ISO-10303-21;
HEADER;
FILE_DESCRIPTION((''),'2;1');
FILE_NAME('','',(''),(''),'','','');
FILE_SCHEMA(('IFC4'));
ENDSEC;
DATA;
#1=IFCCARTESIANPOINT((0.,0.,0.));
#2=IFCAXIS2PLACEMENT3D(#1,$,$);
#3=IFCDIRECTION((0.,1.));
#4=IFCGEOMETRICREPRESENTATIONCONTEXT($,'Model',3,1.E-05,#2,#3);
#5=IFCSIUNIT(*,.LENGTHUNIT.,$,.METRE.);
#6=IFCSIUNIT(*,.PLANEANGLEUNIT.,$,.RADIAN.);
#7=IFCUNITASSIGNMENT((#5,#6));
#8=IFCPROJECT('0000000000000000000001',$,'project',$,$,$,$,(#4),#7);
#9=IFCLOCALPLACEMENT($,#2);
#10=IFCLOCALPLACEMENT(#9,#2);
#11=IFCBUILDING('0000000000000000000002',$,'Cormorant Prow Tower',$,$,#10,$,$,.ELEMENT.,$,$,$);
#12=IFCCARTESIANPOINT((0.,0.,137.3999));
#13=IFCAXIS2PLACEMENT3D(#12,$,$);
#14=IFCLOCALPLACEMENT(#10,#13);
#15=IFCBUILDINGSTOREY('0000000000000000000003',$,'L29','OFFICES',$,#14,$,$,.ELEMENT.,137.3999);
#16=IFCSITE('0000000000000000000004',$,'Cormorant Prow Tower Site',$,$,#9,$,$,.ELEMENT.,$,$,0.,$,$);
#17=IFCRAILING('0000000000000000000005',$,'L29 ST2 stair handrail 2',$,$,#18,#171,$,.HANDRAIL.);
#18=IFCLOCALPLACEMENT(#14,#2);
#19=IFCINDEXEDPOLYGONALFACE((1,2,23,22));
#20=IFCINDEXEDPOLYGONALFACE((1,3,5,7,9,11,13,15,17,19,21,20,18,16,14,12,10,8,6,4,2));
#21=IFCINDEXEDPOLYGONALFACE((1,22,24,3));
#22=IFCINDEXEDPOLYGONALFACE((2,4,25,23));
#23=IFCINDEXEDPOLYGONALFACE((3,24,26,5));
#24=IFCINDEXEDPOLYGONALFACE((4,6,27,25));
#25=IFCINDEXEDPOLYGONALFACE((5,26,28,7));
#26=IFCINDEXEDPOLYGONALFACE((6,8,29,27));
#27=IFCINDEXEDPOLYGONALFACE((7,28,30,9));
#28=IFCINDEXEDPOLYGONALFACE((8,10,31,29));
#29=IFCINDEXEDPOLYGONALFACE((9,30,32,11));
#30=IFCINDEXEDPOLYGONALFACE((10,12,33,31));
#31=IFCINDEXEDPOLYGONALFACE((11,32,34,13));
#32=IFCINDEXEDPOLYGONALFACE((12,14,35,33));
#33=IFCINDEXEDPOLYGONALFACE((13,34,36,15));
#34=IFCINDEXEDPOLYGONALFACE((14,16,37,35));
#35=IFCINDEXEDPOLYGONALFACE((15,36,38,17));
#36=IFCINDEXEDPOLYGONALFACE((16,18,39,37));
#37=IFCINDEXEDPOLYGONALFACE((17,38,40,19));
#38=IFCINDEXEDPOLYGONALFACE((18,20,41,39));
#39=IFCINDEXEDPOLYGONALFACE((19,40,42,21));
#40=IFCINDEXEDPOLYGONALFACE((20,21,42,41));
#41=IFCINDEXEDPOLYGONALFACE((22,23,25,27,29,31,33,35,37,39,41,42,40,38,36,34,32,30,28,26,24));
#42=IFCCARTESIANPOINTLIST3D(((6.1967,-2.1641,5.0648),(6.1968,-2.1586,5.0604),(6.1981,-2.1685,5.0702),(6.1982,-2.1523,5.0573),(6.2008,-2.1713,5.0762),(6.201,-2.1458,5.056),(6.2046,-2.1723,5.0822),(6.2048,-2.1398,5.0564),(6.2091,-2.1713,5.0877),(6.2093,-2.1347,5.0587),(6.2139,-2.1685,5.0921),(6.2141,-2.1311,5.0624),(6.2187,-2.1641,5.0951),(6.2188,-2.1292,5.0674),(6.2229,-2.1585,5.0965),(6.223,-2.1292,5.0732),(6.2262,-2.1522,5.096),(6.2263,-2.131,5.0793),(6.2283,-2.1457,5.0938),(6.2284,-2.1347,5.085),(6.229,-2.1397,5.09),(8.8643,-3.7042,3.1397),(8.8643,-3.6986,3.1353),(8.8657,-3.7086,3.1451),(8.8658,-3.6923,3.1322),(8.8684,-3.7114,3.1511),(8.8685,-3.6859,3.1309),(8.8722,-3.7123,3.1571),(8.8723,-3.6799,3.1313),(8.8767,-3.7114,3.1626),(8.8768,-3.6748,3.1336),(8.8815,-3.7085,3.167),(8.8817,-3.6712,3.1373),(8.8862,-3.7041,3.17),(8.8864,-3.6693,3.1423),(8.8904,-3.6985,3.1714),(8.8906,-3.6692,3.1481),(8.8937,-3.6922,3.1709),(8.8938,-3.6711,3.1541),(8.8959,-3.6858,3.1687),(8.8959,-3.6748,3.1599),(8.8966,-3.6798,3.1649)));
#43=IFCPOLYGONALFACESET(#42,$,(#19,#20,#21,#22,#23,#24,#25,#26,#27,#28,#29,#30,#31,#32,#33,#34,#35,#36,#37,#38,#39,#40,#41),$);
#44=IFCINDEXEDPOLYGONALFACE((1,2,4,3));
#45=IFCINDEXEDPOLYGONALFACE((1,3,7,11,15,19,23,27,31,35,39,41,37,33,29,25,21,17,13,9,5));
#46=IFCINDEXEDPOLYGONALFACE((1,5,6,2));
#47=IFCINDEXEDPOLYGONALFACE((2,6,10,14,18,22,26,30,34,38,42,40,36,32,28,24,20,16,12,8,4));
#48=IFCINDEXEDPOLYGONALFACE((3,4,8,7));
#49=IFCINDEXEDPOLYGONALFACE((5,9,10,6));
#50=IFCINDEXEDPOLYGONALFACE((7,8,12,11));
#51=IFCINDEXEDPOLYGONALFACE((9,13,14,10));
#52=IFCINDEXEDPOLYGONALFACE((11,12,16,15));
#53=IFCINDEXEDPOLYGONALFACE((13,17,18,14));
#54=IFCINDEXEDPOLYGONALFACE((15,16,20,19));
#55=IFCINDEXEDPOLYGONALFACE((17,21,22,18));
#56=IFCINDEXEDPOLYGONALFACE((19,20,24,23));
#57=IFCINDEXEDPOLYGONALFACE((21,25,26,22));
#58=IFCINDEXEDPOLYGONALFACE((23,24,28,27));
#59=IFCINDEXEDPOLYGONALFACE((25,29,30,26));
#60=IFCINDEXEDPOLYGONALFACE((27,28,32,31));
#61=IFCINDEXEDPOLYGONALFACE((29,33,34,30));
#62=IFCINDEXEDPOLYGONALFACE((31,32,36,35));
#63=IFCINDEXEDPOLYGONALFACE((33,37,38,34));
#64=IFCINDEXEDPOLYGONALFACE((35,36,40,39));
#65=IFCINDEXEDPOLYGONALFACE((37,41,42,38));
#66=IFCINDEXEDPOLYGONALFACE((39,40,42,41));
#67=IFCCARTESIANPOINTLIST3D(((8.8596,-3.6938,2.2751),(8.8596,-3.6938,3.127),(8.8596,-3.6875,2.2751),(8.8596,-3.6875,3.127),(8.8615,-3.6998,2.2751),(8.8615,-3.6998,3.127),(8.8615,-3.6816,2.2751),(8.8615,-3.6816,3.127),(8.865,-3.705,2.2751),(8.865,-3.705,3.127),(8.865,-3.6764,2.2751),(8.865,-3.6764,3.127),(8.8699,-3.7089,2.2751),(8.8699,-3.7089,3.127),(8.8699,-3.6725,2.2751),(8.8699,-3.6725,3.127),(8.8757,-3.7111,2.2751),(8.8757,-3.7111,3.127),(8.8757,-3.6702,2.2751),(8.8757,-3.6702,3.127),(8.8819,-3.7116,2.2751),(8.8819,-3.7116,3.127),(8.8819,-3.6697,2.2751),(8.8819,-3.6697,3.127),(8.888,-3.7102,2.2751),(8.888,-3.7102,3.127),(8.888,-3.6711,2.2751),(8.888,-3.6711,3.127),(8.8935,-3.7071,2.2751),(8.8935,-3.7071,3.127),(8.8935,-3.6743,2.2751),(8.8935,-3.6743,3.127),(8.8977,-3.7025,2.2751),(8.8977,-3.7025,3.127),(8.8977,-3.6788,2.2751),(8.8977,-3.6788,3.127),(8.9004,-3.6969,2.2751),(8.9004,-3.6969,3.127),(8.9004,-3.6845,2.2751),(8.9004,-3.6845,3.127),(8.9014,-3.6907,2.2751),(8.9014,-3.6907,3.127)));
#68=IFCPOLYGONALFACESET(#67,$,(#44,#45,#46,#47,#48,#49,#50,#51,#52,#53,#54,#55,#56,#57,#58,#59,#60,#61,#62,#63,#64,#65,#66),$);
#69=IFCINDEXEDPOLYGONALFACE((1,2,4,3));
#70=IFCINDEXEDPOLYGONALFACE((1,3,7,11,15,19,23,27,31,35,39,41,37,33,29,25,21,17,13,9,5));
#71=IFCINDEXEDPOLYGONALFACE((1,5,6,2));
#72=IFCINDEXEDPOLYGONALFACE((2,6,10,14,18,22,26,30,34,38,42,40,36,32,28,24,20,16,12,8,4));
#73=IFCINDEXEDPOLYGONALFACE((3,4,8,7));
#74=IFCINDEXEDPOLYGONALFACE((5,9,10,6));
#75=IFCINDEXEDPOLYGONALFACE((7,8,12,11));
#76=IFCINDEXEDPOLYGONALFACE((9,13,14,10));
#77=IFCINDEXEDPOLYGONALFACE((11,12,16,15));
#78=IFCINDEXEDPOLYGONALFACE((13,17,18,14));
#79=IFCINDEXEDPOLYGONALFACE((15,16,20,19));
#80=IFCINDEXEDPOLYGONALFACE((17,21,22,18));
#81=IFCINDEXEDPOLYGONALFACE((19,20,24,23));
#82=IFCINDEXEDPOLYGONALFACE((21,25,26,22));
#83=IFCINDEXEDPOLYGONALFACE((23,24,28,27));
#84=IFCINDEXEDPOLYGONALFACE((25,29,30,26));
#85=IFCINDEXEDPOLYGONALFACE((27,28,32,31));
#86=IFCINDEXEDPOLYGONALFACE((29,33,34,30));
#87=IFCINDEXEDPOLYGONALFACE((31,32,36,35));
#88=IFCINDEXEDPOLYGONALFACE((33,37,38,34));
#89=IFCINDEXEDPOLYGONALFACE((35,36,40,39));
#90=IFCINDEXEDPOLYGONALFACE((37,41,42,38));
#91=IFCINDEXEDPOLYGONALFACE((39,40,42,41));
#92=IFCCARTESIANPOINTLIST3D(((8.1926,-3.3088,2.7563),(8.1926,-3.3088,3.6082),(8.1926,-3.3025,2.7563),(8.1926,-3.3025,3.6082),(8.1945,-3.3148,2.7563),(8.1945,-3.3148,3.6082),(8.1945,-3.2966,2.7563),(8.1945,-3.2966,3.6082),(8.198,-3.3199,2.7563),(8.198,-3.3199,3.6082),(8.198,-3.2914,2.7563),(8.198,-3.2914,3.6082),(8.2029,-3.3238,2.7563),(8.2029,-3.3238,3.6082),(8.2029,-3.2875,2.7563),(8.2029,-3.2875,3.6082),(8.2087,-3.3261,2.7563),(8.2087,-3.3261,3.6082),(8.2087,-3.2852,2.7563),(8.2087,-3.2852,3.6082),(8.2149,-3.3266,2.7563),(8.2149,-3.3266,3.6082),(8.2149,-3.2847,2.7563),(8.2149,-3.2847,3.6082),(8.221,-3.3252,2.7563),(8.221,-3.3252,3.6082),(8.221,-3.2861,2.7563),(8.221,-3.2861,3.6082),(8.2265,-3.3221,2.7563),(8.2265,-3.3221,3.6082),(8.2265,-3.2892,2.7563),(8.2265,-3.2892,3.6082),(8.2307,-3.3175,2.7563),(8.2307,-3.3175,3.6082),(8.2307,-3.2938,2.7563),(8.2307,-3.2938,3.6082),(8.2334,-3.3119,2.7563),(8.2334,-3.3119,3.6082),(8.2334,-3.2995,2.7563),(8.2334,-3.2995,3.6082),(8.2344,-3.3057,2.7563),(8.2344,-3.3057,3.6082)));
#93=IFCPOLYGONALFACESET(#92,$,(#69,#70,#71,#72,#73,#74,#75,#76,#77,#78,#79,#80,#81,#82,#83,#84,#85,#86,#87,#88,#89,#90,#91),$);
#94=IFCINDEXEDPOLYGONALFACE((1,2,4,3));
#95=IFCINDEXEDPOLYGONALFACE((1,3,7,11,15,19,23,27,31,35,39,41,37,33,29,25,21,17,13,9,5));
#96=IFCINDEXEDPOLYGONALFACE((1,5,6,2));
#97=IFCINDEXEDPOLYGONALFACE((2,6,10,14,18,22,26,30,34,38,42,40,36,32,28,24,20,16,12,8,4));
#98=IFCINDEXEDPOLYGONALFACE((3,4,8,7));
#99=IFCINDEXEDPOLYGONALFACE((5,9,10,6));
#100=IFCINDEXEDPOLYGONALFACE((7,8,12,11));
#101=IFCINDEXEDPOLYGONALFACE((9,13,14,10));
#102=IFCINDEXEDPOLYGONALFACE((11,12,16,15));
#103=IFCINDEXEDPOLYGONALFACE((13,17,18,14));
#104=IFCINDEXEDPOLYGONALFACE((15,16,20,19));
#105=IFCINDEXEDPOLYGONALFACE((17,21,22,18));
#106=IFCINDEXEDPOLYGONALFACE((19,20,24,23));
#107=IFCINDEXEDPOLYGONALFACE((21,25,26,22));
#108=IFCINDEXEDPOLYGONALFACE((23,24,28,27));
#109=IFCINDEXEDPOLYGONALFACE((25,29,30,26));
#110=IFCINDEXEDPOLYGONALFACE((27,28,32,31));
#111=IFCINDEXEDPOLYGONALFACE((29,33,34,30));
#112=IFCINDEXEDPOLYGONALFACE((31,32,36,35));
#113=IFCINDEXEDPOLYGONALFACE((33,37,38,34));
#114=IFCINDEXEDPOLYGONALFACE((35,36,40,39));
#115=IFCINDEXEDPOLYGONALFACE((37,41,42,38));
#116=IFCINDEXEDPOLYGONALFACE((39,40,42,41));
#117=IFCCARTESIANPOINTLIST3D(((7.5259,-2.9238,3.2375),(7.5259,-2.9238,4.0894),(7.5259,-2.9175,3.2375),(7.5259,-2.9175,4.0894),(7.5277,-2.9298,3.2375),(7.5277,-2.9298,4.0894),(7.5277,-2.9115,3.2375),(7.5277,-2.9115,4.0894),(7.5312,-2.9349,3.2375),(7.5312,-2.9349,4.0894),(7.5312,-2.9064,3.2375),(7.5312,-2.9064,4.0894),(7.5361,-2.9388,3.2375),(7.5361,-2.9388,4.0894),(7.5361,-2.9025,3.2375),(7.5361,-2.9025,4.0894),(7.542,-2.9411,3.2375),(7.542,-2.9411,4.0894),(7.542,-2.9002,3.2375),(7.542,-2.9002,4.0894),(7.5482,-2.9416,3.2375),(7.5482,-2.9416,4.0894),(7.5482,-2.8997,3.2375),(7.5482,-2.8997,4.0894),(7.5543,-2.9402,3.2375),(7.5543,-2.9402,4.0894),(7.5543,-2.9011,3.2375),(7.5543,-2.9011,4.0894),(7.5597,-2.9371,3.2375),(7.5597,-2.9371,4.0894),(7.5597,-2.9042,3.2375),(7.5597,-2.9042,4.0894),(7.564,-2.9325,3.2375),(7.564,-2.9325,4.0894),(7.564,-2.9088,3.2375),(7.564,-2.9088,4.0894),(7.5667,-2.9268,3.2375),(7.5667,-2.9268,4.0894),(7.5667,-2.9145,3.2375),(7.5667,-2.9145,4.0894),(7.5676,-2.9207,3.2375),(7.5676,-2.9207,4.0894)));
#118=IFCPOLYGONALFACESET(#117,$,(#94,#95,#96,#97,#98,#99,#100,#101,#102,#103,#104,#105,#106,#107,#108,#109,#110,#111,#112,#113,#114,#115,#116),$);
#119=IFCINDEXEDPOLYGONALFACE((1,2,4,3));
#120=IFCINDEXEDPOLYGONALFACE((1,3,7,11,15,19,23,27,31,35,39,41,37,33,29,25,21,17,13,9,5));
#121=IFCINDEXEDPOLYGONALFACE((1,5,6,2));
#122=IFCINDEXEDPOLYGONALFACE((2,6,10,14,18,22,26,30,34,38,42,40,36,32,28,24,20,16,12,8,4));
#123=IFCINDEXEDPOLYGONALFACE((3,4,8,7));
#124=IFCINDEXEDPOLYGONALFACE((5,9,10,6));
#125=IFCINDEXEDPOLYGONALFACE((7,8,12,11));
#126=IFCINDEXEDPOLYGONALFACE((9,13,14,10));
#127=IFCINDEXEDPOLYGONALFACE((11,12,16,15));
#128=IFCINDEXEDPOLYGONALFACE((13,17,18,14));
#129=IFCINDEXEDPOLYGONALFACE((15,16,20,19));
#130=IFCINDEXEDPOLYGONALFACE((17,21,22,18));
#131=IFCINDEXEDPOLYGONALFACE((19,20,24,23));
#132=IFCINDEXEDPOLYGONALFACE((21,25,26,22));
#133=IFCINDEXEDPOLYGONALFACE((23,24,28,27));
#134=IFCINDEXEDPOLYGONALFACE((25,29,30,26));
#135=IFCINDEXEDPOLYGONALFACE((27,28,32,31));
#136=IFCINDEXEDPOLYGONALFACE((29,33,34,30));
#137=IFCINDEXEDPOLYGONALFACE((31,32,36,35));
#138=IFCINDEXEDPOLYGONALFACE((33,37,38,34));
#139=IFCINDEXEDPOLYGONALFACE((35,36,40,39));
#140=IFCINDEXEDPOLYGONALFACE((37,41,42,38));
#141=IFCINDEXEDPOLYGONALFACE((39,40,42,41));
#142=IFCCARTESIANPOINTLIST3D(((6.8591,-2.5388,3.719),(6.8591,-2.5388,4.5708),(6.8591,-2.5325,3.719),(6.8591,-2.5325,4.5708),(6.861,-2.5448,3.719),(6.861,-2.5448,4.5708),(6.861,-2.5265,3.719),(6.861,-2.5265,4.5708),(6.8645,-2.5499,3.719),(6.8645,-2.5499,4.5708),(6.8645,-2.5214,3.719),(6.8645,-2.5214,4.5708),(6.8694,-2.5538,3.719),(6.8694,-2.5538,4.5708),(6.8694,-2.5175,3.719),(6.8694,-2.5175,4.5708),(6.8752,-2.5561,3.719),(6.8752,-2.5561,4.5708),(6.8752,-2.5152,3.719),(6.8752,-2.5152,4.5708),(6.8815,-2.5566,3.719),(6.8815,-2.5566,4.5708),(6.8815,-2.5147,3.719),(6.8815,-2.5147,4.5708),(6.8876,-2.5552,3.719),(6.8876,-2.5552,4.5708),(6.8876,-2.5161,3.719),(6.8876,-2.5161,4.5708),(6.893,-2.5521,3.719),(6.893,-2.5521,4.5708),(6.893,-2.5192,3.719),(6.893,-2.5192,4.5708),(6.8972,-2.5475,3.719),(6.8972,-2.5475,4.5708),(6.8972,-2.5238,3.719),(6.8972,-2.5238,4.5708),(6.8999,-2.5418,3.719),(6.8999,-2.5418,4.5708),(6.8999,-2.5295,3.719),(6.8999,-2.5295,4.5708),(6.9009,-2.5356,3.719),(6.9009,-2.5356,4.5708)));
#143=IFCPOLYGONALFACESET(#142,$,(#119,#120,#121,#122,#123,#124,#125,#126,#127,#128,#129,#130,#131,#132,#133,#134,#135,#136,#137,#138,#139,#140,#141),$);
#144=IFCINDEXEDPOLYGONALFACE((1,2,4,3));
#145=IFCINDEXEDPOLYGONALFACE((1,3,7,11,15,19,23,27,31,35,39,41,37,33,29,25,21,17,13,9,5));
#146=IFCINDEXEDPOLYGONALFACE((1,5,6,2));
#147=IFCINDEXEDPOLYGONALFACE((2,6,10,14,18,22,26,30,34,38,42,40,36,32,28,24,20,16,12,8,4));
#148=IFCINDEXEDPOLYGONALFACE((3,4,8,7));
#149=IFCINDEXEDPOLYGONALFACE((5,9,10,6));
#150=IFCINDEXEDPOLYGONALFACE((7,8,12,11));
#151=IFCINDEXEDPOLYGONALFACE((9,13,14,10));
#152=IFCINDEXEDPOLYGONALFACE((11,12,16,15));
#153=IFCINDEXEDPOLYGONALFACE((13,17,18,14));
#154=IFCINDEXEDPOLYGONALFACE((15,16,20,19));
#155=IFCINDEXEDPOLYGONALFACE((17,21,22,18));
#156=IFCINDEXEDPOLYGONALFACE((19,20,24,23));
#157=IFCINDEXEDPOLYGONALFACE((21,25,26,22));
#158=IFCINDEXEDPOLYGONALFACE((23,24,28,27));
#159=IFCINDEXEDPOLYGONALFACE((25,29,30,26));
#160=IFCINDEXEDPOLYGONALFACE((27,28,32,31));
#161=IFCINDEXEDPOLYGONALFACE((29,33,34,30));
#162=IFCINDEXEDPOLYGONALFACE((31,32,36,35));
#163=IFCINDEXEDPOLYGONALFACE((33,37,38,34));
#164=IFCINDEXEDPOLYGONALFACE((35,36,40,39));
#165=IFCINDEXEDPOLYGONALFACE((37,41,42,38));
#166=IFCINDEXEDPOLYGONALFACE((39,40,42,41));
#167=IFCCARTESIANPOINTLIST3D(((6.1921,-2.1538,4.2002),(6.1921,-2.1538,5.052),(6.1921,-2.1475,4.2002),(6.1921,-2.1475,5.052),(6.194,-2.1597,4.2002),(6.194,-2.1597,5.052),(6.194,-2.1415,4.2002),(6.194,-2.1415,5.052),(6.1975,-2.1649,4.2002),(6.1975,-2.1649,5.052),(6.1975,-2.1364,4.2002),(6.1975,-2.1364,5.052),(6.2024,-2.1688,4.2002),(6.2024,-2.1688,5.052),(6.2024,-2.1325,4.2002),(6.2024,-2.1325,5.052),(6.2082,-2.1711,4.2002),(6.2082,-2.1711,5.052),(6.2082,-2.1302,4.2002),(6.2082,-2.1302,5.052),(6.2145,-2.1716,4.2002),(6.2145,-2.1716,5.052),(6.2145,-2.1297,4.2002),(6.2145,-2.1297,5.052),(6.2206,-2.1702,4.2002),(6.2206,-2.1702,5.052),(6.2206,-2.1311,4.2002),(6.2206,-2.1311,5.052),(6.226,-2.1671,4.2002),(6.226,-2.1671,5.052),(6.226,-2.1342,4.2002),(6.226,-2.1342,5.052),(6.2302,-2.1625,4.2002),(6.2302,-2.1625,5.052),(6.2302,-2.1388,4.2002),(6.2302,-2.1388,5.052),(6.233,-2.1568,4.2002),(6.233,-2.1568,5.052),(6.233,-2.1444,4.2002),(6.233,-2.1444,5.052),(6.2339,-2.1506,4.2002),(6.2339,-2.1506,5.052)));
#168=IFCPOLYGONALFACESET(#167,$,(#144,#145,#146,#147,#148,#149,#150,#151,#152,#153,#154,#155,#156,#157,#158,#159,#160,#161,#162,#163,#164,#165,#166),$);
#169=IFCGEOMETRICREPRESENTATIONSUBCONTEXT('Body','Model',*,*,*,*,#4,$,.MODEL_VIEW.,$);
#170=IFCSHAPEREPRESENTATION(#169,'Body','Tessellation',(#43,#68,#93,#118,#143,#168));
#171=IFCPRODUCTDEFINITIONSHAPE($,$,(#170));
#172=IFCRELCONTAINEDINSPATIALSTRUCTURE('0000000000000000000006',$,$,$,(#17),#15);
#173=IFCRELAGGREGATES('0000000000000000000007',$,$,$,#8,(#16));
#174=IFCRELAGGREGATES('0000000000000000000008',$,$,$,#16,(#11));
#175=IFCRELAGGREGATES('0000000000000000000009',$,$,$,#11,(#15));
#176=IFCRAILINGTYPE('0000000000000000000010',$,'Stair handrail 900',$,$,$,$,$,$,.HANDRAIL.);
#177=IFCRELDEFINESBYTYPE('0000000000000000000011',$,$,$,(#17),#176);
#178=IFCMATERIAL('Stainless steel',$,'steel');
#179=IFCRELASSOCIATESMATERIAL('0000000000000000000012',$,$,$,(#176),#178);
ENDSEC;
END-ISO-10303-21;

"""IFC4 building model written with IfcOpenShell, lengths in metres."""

from ifc_helpers import new_model, si_unit, direction, frame, origin, origin_2d, place, context, subcontext, project, spatial, circle, extrude, material, type_object, element, save


model = new_model("IFC4")

# Units and contexts
model_context = context("Model", 3, precision=1e-05, world=origin(), true_north=direction((0.0, 1.0)))
body_context = subcontext(model_context, "Body", "Model", "MODEL_VIEW")
ifc_project = project(units=[si_unit("LENGTHUNIT", "METRE"), si_unit("PLANEANGLEUNIT", "RADIAN")], contexts=[model_context])

# Site, building, storey
site_placement = place(None, origin())
site = spatial("IfcSite", under=ifc_project, at=site_placement, Name="Cormorant Prow Tower Site", CompositionType="ELEMENT", RefElevation=0.0)
building_placement = place(site_placement, origin())
building = spatial("IfcBuilding", under=site, at=building_placement, Name="Cormorant Prow Tower", CompositionType="ELEMENT")
storey_placement = place(building_placement, frame((0.0, 0.0, 137.3999)))
storey = spatial("IfcBuildingStorey", under=building, at=storey_placement, Name="L29", Description="OFFICES", CompositionType="ELEMENT", Elevation=137.3999)

# Railing
ifc_material_1 = material(Name="Stainless steel", Category="steel")
railing_type_1 = type_object("IfcRailingType", Name="Stair handrail 900", PredefinedType="HANDRAIL", material=ifc_material_1)
railing_1_placement = place(storey_placement, frame((8.8804, -3.6907, 2.2751)))
element("IfcRailing", 1, at=railing_1_placement, inside=storey, type_object=railing_type_1, Name="L29 ST2 stair handrail 2", PredefinedType="HANDRAIL", context=body_context, shape_type="SweptSolid", body=[
    extrude(circle(Radius=0.0239, at=origin_2d()), frame((0.0, 0.0, 0.876), z_axis=(-0.734395, 0.423994, 0.529993), x_axis=(-0.499992, -0.86603, 0.0)), (0.0, 0.0, 1.0), 3.6323),
    extrude(circle(Radius=0.021, at=origin_2d()), origin(), (0.0, 0.0, 1.0), 0.8518),
    extrude(circle(Radius=0.021, at=origin_2d()), frame((-0.667, 0.385, 0.4812)), (0.0, 0.0, 1.0), 0.8518),
    extrude(circle(Radius=0.021, at=origin_2d()), frame((-1.3337, 0.77, 0.9624)), (0.0, 0.0, 1.0), 0.8518),
    extrude(circle(Radius=0.021, at=origin_2d()), frame((-2.0005, 1.155, 1.4438)), (0.0, 0.0, 1.0), 0.8518),
    extrude(circle(Radius=0.021, at=origin_2d()), frame((-2.6675, 1.54, 1.925)), (0.0, 0.0, 1.0), 0.8518),
])

save(model, "model.ifc")
